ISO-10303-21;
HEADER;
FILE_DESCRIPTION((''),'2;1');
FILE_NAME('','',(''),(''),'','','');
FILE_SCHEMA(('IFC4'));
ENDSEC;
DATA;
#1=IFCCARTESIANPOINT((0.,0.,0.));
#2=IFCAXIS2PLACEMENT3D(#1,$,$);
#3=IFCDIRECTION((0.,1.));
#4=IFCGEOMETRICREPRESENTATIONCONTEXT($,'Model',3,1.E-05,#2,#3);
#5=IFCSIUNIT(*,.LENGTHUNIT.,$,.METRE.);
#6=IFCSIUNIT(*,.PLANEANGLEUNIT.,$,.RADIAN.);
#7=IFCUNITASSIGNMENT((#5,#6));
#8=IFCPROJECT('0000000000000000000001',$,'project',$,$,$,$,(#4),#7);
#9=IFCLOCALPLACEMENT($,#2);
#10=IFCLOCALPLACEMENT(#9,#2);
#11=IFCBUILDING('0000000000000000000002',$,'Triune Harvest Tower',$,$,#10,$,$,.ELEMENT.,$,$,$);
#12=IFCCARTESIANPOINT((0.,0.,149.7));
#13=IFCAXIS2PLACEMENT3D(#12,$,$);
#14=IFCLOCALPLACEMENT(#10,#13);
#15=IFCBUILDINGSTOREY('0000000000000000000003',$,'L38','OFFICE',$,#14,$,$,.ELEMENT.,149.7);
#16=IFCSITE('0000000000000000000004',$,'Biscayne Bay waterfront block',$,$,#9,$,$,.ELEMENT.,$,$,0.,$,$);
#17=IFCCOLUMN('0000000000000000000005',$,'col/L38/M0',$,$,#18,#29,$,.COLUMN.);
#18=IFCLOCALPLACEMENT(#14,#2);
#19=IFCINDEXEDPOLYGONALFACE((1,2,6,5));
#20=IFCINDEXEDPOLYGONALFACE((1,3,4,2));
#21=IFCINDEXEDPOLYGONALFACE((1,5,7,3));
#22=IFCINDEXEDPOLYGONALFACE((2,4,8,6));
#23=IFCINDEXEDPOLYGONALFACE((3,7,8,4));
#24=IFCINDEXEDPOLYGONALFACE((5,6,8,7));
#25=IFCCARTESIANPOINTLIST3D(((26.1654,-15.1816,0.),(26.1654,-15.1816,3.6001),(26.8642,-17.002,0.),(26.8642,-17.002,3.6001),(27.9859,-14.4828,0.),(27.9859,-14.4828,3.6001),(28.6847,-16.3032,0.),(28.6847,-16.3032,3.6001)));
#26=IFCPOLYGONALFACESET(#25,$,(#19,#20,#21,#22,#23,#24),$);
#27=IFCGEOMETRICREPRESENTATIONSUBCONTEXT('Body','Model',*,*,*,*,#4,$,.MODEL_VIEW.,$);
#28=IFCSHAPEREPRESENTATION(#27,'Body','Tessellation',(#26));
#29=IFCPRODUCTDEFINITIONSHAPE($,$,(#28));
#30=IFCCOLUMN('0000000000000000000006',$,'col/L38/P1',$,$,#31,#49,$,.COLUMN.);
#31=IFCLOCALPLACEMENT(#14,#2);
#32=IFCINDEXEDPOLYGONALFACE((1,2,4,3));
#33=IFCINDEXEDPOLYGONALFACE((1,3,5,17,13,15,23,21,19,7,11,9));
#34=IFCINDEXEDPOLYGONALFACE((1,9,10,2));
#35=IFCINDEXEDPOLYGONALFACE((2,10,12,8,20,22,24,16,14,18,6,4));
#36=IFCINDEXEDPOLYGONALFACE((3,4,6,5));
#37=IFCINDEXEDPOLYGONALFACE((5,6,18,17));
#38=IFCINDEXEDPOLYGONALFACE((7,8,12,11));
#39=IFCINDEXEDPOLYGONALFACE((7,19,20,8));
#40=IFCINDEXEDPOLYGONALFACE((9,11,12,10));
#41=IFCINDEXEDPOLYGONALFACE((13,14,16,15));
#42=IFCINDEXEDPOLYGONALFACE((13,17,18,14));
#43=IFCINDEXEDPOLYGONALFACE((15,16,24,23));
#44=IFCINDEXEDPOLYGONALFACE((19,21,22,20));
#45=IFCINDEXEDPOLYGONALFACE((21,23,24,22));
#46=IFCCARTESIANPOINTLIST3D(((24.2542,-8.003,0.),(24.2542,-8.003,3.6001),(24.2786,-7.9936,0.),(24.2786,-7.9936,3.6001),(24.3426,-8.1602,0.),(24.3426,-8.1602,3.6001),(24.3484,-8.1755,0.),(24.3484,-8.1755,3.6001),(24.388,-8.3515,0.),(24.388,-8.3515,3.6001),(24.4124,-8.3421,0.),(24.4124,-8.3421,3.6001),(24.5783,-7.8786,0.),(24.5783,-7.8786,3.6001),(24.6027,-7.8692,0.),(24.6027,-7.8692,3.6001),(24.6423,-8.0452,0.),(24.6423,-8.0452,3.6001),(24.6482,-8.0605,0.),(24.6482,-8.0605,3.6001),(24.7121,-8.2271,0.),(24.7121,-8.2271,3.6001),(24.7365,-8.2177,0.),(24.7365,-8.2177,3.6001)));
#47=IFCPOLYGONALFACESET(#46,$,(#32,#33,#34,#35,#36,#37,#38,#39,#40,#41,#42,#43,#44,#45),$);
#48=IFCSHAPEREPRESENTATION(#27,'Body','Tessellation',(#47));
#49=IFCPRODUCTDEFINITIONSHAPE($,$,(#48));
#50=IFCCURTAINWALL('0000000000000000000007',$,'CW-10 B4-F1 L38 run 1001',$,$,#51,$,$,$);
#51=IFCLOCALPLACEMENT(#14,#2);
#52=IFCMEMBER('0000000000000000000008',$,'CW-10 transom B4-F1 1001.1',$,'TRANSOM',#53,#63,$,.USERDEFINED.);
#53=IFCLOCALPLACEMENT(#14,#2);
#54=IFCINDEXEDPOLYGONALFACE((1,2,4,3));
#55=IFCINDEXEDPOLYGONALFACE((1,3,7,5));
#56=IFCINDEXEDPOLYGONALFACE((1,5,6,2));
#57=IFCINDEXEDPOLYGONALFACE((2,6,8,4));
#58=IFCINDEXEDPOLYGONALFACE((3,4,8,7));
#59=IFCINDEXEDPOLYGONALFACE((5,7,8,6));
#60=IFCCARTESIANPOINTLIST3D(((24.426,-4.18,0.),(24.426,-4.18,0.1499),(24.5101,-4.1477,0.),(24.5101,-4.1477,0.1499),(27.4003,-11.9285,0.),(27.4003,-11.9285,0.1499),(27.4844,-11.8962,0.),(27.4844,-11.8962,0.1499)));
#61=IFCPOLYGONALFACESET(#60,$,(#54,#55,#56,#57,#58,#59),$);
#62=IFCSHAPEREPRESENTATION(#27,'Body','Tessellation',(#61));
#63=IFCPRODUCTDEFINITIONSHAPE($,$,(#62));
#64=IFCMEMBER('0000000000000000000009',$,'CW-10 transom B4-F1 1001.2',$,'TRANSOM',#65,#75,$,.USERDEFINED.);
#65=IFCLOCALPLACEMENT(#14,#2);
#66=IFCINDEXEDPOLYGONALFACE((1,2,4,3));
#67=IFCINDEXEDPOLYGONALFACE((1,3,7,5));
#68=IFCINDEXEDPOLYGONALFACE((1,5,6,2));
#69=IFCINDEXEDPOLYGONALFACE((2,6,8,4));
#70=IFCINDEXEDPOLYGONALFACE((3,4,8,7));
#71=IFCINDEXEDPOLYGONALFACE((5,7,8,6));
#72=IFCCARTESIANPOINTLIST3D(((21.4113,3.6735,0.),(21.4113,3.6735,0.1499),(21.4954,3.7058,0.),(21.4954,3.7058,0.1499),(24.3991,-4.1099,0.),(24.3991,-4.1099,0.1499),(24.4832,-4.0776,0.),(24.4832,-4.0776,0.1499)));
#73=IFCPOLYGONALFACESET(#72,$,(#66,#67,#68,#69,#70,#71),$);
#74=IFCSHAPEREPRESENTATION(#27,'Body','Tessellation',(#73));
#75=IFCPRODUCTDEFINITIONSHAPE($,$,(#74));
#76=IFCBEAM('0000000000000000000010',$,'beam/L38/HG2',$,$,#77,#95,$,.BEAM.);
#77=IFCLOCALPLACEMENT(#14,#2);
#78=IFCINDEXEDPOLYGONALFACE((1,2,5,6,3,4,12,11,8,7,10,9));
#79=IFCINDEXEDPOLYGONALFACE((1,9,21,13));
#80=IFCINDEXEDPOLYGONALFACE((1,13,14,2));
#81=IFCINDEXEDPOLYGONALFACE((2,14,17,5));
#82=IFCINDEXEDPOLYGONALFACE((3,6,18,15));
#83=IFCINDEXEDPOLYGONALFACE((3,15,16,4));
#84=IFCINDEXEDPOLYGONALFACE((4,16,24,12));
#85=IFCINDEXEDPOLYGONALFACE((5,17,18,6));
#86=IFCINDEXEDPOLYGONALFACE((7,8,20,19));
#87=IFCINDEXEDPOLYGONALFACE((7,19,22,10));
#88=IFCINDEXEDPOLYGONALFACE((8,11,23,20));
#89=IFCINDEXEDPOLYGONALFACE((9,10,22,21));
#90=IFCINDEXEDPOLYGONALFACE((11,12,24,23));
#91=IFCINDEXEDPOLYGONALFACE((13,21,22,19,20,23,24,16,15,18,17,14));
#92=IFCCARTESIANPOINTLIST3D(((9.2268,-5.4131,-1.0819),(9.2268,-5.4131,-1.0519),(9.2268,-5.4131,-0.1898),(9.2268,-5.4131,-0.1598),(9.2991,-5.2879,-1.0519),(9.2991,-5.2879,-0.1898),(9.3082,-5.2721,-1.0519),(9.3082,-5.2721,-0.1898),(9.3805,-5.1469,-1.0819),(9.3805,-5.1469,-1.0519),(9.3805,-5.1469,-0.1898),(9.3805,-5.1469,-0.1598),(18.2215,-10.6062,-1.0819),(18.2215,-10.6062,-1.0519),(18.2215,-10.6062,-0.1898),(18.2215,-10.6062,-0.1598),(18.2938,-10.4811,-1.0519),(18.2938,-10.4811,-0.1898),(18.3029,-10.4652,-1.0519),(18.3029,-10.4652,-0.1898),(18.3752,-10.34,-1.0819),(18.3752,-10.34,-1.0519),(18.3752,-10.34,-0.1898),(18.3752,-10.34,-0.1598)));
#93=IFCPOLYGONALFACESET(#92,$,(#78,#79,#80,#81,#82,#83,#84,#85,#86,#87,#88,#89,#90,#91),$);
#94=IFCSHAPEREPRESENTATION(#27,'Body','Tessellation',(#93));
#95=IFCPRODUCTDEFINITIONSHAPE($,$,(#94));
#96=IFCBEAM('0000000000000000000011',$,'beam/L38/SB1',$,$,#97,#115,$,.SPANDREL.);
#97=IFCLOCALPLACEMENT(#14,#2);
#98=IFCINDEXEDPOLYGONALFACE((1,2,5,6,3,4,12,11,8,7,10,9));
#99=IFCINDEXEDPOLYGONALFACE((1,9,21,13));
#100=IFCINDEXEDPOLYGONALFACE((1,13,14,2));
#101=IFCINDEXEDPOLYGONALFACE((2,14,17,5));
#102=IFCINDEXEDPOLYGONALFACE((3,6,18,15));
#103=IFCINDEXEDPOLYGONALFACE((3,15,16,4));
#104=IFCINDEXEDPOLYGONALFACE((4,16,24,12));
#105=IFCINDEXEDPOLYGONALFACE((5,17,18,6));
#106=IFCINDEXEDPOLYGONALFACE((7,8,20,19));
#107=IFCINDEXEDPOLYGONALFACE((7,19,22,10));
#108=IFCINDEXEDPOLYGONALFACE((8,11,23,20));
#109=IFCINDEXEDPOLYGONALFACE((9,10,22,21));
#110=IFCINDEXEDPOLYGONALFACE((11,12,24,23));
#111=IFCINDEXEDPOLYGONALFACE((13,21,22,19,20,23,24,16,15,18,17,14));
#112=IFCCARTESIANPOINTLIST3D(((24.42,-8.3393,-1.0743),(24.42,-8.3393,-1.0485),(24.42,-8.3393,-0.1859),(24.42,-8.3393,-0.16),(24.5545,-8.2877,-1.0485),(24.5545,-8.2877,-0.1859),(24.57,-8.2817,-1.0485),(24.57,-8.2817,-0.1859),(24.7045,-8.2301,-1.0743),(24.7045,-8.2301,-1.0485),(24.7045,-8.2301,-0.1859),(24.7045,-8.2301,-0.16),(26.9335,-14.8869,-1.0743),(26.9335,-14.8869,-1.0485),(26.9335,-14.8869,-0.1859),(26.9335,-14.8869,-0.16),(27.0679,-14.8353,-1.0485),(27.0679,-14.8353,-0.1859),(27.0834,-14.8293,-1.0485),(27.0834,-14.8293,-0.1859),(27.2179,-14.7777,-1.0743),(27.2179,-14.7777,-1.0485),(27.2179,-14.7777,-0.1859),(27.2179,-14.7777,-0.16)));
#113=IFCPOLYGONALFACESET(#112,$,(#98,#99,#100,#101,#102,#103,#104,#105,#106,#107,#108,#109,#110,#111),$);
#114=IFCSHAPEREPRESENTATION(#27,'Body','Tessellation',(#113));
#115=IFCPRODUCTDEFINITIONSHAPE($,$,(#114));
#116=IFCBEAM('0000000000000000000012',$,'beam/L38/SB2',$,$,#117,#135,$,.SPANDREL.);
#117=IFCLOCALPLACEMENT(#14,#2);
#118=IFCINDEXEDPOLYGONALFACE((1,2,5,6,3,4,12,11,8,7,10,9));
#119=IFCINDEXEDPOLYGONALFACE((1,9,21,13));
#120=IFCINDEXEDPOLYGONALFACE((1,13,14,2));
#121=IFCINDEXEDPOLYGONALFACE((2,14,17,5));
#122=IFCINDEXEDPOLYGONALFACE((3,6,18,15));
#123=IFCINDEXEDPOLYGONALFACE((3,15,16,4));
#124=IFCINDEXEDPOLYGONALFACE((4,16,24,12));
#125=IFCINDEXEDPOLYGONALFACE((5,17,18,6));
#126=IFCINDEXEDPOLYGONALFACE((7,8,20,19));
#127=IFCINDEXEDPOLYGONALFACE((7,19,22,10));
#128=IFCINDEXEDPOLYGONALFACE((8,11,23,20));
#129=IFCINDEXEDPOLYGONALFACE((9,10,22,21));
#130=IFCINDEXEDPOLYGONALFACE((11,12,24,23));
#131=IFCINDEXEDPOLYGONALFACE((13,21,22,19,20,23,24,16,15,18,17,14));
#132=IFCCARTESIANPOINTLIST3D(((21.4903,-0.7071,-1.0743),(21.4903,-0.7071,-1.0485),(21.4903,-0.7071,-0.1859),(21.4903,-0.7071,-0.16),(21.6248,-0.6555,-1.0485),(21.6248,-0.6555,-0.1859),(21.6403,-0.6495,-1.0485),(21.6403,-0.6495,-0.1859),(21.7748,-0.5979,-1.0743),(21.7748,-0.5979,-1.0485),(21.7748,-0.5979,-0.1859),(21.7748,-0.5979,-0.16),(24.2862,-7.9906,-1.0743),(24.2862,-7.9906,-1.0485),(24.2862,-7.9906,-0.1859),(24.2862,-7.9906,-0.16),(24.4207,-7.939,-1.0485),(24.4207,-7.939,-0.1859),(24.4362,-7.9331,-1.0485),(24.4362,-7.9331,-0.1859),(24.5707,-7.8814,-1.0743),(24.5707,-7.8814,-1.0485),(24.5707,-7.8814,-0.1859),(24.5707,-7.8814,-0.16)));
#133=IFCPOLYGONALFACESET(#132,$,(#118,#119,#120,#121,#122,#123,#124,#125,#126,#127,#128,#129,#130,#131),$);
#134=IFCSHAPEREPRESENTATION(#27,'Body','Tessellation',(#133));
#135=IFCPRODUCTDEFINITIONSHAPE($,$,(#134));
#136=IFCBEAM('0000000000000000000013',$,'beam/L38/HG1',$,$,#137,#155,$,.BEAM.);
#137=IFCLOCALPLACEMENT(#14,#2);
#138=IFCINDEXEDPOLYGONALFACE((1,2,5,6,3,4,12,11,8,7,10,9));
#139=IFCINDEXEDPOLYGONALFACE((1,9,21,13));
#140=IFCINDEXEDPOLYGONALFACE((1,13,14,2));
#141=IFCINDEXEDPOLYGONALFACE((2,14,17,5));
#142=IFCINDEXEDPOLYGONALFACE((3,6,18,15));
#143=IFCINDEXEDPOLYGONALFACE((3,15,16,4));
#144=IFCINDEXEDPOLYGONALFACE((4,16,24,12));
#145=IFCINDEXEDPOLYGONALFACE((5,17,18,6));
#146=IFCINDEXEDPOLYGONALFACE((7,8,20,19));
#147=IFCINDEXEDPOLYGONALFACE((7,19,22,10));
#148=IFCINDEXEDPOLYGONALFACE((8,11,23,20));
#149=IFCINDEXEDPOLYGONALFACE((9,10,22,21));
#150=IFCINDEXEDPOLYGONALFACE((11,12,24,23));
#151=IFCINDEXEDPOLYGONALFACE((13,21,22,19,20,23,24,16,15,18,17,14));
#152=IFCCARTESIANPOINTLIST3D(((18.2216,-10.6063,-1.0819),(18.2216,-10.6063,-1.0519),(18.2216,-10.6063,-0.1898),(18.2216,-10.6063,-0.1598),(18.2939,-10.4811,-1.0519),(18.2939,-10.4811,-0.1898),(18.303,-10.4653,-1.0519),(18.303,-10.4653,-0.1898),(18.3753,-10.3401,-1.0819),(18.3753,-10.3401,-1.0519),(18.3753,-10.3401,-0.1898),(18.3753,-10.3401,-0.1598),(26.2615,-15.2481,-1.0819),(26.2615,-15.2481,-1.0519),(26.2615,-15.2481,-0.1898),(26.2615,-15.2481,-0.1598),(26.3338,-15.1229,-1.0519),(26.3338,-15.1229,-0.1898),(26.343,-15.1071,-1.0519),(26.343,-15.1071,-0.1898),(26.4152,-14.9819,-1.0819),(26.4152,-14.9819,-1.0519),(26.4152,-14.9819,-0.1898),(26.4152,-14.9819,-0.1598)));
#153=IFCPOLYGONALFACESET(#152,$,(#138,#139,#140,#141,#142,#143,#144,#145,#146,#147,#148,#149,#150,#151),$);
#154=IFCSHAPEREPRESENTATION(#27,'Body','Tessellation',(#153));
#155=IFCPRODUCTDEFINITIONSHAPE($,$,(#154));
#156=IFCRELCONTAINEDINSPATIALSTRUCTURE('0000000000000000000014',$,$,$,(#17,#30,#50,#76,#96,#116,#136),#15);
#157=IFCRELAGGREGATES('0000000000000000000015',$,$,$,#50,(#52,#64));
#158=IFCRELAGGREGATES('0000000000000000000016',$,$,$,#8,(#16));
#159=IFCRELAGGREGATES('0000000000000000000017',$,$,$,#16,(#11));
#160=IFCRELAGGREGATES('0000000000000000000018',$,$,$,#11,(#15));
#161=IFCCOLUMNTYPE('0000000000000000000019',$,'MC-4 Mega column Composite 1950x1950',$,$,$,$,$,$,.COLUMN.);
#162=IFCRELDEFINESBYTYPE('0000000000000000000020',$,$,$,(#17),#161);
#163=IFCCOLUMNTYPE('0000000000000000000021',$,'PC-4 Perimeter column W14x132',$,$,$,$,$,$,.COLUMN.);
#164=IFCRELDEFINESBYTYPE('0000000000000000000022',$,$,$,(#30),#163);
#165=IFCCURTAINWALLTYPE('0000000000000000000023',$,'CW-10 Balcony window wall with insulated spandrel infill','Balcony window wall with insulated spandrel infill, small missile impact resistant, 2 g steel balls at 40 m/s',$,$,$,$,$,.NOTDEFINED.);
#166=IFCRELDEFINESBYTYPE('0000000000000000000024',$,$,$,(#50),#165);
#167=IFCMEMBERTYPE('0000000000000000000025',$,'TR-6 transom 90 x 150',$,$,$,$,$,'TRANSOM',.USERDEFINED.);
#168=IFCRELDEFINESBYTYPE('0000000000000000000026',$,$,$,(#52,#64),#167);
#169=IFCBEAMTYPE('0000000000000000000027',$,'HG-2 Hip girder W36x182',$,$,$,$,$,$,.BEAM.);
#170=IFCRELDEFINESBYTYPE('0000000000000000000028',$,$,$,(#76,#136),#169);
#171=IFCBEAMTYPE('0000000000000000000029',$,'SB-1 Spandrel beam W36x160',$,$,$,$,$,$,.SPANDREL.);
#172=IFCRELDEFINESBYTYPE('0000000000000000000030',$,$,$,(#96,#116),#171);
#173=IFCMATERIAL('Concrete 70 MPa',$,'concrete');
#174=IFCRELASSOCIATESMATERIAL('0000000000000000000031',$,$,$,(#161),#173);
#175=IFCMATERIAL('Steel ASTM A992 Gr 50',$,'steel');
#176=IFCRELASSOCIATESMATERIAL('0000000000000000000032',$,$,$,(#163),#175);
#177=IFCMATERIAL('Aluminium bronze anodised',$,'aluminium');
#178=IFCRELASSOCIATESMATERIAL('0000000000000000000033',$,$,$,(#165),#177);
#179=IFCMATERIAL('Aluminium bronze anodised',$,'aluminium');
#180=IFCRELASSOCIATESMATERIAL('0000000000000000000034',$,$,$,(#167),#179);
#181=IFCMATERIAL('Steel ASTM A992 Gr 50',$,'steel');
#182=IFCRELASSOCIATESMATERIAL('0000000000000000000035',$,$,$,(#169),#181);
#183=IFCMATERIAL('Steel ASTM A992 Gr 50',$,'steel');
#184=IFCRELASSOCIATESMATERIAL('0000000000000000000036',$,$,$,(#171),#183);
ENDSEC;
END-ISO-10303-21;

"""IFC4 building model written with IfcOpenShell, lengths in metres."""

from ifc_helpers import new_model, si_unit, direction, frame, origin, origin_2d, place, context, subcontext, project, spatial, rectangle, i_section, extrude, source, transform, mapped, material, material_profile, profile_set, type_object, element, aggregate, save


model = new_model("IFC4")

# Units and contexts
model_context = context("Model", 3, precision=1e-05, world=origin(), true_north=direction((0.0, 1.0)))
body_context = subcontext(model_context, "Body", "Model", "MODEL_VIEW")
ifc_project = project(units=[si_unit("LENGTHUNIT", "METRE"), si_unit("PLANEANGLEUNIT", "RADIAN")], contexts=[model_context])

# Site, building, storey
site_placement = place(None, origin())
site = spatial("IfcSite", under=ifc_project, at=site_placement, Name="Biscayne Bay waterfront block", CompositionType="ELEMENT", RefElevation=0.0)
building_placement = place(site_placement, origin())
building = spatial("IfcBuilding", under=site, at=building_placement, Name="Triune Harvest Tower", CompositionType="ELEMENT")
storey_placement = place(building_placement, frame((0.0, 0.0, 149.7)))
storey = spatial("IfcBuildingStorey", under=building, at=storey_placement, Name="L38", Description="OFFICE", CompositionType="ELEMENT", Elevation=149.7)

# Columns
ifc_material_1 = material(Name="Concrete 70 MPa", Category="concrete")
ifc_material_profile_1 = material_profile(ifc_material_1, rectangle(XDim=1.95, YDim=1.95, at=origin_2d()), Name="Composite 1950x1950")
ifc_profile_set_1 = profile_set([ifc_material_profile_1], Name="Concrete 70 MPa")
column_type_1 = type_object("IfcColumnType", Name="MC-4 Mega column Composite 1950x1950", PredefinedType="COLUMN", material=ifc_profile_set_1)
shared_shape_1 = source(origin(), body_context, "Body", "SweptSolid", [
    extrude(rectangle(XDim=1.95, YDim=1.95, at=origin_2d()), origin(), (0.0, 0.0, 1.0), 3.6001),
])
column_1_placement = place(storey_placement, frame((27.425, -15.7424, 0.0), z_axis=(0.0, 0.0, 1.0), x_axis=(-0.358368, 0.93358, 0.0)))
element("IfcColumn", 1, at=column_1_placement, inside=storey, type_object=column_type_1, Name="col/L38/M0", PredefinedType="COLUMN", context=body_context, shape_type="MappedRepresentation", body=[
    mapped(shared_shape_1, transform((0.0, 0.0, 0.0), scale=1.0)),
])
ifc_material_2 = material(Name="Steel ASTM A992 Gr 50", Category="steel")
ifc_material_profile_2 = material_profile(ifc_material_2, i_section(OverallWidth=0.3733, OverallDepth=0.3733, WebThickness=0.0164, FlangeThickness=0.0261, at=origin_2d()), Name="W14x132")
ifc_profile_set_2 = profile_set([ifc_material_profile_2], Name="Steel ASTM A992 Gr 50")
column_type_2 = type_object("IfcColumnType", Name="PC-4 Perimeter column W14x132", PredefinedType="COLUMN", material=ifc_profile_set_2)
shared_shape_2 = source(origin(), body_context, "Body", "SweptSolid", [
    extrude(i_section(OverallWidth=0.3733, OverallDepth=0.3733, WebThickness=0.0164, FlangeThickness=0.0261, at=origin_2d()), origin(), (0.0, 0.0, 1.0), 3.6001),
])
column_2_placement = place(storey_placement, frame((24.4954, -8.1104, 0.0), z_axis=(0.0, 0.0, 1.0), x_axis=(-0.358368, 0.93358, 0.0)))
element("IfcColumn", 2, at=column_2_placement, inside=storey, type_object=column_type_2, Name="col/L38/P1", PredefinedType="COLUMN", context=body_context, shape_type="MappedRepresentation", body=[
    mapped(shared_shape_2, transform((0.0, 0.0, 0.0), scale=1.0)),
])

# Curtain wall, members
ifc_material_3 = material(Name="Aluminium bronze anodised", Category="aluminium")
curtain_wall_type_1 = type_object("IfcCurtainWallType", Name="CW-10 Balcony window wall with insulated spandrel infill", Description="Balcony window wall with insulated spandrel infill, small missile impact resistant, 2 g steel balls at 40 m/s", PredefinedType="NOTDEFINED", material=ifc_material_3)
curtain_wall_1_placement = place(storey_placement, origin())
curtain_wall_1 = element("IfcCurtainWall", 3, at=curtain_wall_1_placement, inside=storey, type_object=curtain_wall_type_1, Name="CW-10 B4-F1 L38 run 1001")
ifc_material_4 = material(Name="Aluminium bronze anodised", Category="aluminium")
ifc_material_profile_3 = material_profile(ifc_material_4, rectangle(XDim=0.0901, YDim=0.1499, at=origin_2d()), Name="TR-6 transom 90 x 150")
ifc_profile_set_3 = profile_set([ifc_material_profile_3], Name="Aluminium bronze anodised")
member_type_1 = type_object("IfcMemberType", Name="TR-6 transom 90 x 150", ElementType="TRANSOM", PredefinedType="USERDEFINED", material=ifc_profile_set_3)
member_1_placement = place(storey_placement, frame((27.4424, -11.9124, 0.075), z_axis=(-0.358366, 0.933581, 0.0), x_axis=(-0.933581, -0.358366, 0.0)))
member_1 = element("IfcMember", 4, at=member_1_placement, type_object=member_type_1, Name="CW-10 transom B4-F1 1001.1", ObjectType="TRANSOM", PredefinedType="USERDEFINED", context=body_context, shape_type="SweptSolid", body=[
    extrude(rectangle(XDim=0.0901, YDim=0.1499, at=origin_2d()), origin(), (0.0, 0.0, 1.0), 8.2998),
])
member_2_placement = place(storey_placement, frame((24.4412, -4.0938, 0.075), z_axis=(-0.358369, 0.93358, 0.0), x_axis=(-0.93358, -0.358369, 0.0)))
member_2 = element("IfcMember", 5, at=member_2_placement, type_object=member_type_1, Name="CW-10 transom B4-F1 1001.2", ObjectType="TRANSOM", PredefinedType="USERDEFINED", context=body_context, shape_type="SweptSolid", body=[
    extrude(rectangle(XDim=0.0901, YDim=0.1499, at=origin_2d()), origin(), (0.0, 0.0, 1.0), 8.3372),
])

# Beams
ifc_material_5 = material(Name="Steel ASTM A992 Gr 50", Category="steel")
ifc_material_profile_4 = material_profile(ifc_material_5, i_section(OverallWidth=0.3074, OverallDepth=0.9221, WebThickness=0.0183, FlangeThickness=0.03, at=origin_2d()), Name="W36x182")
ifc_profile_set_4 = profile_set([ifc_material_profile_4], Name="Steel ASTM A992 Gr 50")
beam_type_1 = type_object("IfcBeamType", Name="HG-2 Hip girder W36x182", PredefinedType="BEAM", material=ifc_profile_set_4)
shared_shape_3 = source(origin(), body_context, "Body", "SweptSolid", [
    extrude(i_section(OverallWidth=0.3074, OverallDepth=0.9221, WebThickness=0.0183, FlangeThickness=0.03, at=origin_2d()), origin(), (0.0, 0.0, 1.0), 10.3862),
])
beam_1_placement = place(storey_placement, frame((18.2983, -10.4731, -0.6208), z_axis=(-0.866023, 0.500005, 0.0), x_axis=(-0.500005, -0.866023, 0.0)))
element("IfcBeam", 6, at=beam_1_placement, inside=storey, type_object=beam_type_1, Name="beam/L38/HG2", PredefinedType="BEAM", context=body_context, shape_type="MappedRepresentation", body=[
    mapped(shared_shape_3, transform((0.0, 0.0, 0.0), scale=1.0)),
])
ifc_material_6 = material(Name="Steel ASTM A992 Gr 50", Category="steel")
ifc_material_profile_5 = material_profile(ifc_material_6, i_section(OverallWidth=0.3047, OverallDepth=0.9143, WebThickness=0.0166, FlangeThickness=0.0259, at=origin_2d()), Name="W36x160")
ifc_profile_set_5 = profile_set([ifc_material_profile_5], Name="Steel ASTM A992 Gr 50")
beam_type_2 = type_object("IfcBeamType", Name="SB-1 Spandrel beam W36x160", PredefinedType="SPANDREL", material=ifc_profile_set_5)
shared_shape_4 = source(origin(), body_context, "Body", "SweptSolid", [
    extrude(i_section(OverallWidth=0.3047, OverallDepth=0.9143, WebThickness=0.0166, FlangeThickness=0.0259, at=origin_2d()), origin(), (0.0, 0.0, 1.0), 7.0134),
])
beam_2_placement = place(storey_placement, frame((27.0757, -14.8323, -0.6172), z_axis=(-0.358373, 0.933579, 0.0), x_axis=(-0.933579, -0.358373, 0.0)))
element("IfcBeam", 7, at=beam_2_placement, inside=storey, type_object=beam_type_2, Name="beam/L38/SB1", PredefinedType="SPANDREL", context=body_context, shape_type="MappedRepresentation", body=[
    mapped(shared_shape_4, transform((0.0, 0.0, 0.0), scale=1.0)),
])
shared_shape_5 = source(origin(), body_context, "Body", "SweptSolid", [
    extrude(i_section(OverallWidth=0.3047, OverallDepth=0.9143, WebThickness=0.0166, FlangeThickness=0.0259, at=origin_2d()), origin(), (0.0, 0.0, 1.0), 7.8018),
])
beam_3_placement = place(storey_placement, frame((24.4285, -7.936, -0.6172), z_axis=(-0.358373, 0.933578, 0.0), x_axis=(-0.933578, -0.358373, 0.0)))
element("IfcBeam", 8, at=beam_3_placement, inside=storey, type_object=beam_type_2, Name="beam/L38/SB2", PredefinedType="SPANDREL", context=body_context, shape_type="MappedRepresentation", body=[
    mapped(shared_shape_5, transform((0.0, 0.0, 0.0), scale=1.0)),
])
shared_shape_6 = source(origin(), body_context, "Body", "SweptSolid", [
    extrude(i_section(OverallWidth=0.3074, OverallDepth=0.9221, WebThickness=0.0183, FlangeThickness=0.03, at=origin_2d()), origin(), (0.0, 0.0, 1.0), 9.2837),
])
beam_4_placement = place(storey_placement, frame((26.3384, -15.115, -0.6208), z_axis=(-0.866029, 0.499994, 0.0), x_axis=(-0.499994, -0.866029, 0.0)))
element("IfcBeam", 9, at=beam_4_placement, inside=storey, type_object=beam_type_1, Name="beam/L38/HG1", PredefinedType="BEAM", context=body_context, shape_type="MappedRepresentation", body=[
    mapped(shared_shape_6, transform((0.0, 0.0, 0.0), scale=1.0)),
])

aggregate(curtain_wall_1, [member_1, member_2])

save(model, "model.ifc")
